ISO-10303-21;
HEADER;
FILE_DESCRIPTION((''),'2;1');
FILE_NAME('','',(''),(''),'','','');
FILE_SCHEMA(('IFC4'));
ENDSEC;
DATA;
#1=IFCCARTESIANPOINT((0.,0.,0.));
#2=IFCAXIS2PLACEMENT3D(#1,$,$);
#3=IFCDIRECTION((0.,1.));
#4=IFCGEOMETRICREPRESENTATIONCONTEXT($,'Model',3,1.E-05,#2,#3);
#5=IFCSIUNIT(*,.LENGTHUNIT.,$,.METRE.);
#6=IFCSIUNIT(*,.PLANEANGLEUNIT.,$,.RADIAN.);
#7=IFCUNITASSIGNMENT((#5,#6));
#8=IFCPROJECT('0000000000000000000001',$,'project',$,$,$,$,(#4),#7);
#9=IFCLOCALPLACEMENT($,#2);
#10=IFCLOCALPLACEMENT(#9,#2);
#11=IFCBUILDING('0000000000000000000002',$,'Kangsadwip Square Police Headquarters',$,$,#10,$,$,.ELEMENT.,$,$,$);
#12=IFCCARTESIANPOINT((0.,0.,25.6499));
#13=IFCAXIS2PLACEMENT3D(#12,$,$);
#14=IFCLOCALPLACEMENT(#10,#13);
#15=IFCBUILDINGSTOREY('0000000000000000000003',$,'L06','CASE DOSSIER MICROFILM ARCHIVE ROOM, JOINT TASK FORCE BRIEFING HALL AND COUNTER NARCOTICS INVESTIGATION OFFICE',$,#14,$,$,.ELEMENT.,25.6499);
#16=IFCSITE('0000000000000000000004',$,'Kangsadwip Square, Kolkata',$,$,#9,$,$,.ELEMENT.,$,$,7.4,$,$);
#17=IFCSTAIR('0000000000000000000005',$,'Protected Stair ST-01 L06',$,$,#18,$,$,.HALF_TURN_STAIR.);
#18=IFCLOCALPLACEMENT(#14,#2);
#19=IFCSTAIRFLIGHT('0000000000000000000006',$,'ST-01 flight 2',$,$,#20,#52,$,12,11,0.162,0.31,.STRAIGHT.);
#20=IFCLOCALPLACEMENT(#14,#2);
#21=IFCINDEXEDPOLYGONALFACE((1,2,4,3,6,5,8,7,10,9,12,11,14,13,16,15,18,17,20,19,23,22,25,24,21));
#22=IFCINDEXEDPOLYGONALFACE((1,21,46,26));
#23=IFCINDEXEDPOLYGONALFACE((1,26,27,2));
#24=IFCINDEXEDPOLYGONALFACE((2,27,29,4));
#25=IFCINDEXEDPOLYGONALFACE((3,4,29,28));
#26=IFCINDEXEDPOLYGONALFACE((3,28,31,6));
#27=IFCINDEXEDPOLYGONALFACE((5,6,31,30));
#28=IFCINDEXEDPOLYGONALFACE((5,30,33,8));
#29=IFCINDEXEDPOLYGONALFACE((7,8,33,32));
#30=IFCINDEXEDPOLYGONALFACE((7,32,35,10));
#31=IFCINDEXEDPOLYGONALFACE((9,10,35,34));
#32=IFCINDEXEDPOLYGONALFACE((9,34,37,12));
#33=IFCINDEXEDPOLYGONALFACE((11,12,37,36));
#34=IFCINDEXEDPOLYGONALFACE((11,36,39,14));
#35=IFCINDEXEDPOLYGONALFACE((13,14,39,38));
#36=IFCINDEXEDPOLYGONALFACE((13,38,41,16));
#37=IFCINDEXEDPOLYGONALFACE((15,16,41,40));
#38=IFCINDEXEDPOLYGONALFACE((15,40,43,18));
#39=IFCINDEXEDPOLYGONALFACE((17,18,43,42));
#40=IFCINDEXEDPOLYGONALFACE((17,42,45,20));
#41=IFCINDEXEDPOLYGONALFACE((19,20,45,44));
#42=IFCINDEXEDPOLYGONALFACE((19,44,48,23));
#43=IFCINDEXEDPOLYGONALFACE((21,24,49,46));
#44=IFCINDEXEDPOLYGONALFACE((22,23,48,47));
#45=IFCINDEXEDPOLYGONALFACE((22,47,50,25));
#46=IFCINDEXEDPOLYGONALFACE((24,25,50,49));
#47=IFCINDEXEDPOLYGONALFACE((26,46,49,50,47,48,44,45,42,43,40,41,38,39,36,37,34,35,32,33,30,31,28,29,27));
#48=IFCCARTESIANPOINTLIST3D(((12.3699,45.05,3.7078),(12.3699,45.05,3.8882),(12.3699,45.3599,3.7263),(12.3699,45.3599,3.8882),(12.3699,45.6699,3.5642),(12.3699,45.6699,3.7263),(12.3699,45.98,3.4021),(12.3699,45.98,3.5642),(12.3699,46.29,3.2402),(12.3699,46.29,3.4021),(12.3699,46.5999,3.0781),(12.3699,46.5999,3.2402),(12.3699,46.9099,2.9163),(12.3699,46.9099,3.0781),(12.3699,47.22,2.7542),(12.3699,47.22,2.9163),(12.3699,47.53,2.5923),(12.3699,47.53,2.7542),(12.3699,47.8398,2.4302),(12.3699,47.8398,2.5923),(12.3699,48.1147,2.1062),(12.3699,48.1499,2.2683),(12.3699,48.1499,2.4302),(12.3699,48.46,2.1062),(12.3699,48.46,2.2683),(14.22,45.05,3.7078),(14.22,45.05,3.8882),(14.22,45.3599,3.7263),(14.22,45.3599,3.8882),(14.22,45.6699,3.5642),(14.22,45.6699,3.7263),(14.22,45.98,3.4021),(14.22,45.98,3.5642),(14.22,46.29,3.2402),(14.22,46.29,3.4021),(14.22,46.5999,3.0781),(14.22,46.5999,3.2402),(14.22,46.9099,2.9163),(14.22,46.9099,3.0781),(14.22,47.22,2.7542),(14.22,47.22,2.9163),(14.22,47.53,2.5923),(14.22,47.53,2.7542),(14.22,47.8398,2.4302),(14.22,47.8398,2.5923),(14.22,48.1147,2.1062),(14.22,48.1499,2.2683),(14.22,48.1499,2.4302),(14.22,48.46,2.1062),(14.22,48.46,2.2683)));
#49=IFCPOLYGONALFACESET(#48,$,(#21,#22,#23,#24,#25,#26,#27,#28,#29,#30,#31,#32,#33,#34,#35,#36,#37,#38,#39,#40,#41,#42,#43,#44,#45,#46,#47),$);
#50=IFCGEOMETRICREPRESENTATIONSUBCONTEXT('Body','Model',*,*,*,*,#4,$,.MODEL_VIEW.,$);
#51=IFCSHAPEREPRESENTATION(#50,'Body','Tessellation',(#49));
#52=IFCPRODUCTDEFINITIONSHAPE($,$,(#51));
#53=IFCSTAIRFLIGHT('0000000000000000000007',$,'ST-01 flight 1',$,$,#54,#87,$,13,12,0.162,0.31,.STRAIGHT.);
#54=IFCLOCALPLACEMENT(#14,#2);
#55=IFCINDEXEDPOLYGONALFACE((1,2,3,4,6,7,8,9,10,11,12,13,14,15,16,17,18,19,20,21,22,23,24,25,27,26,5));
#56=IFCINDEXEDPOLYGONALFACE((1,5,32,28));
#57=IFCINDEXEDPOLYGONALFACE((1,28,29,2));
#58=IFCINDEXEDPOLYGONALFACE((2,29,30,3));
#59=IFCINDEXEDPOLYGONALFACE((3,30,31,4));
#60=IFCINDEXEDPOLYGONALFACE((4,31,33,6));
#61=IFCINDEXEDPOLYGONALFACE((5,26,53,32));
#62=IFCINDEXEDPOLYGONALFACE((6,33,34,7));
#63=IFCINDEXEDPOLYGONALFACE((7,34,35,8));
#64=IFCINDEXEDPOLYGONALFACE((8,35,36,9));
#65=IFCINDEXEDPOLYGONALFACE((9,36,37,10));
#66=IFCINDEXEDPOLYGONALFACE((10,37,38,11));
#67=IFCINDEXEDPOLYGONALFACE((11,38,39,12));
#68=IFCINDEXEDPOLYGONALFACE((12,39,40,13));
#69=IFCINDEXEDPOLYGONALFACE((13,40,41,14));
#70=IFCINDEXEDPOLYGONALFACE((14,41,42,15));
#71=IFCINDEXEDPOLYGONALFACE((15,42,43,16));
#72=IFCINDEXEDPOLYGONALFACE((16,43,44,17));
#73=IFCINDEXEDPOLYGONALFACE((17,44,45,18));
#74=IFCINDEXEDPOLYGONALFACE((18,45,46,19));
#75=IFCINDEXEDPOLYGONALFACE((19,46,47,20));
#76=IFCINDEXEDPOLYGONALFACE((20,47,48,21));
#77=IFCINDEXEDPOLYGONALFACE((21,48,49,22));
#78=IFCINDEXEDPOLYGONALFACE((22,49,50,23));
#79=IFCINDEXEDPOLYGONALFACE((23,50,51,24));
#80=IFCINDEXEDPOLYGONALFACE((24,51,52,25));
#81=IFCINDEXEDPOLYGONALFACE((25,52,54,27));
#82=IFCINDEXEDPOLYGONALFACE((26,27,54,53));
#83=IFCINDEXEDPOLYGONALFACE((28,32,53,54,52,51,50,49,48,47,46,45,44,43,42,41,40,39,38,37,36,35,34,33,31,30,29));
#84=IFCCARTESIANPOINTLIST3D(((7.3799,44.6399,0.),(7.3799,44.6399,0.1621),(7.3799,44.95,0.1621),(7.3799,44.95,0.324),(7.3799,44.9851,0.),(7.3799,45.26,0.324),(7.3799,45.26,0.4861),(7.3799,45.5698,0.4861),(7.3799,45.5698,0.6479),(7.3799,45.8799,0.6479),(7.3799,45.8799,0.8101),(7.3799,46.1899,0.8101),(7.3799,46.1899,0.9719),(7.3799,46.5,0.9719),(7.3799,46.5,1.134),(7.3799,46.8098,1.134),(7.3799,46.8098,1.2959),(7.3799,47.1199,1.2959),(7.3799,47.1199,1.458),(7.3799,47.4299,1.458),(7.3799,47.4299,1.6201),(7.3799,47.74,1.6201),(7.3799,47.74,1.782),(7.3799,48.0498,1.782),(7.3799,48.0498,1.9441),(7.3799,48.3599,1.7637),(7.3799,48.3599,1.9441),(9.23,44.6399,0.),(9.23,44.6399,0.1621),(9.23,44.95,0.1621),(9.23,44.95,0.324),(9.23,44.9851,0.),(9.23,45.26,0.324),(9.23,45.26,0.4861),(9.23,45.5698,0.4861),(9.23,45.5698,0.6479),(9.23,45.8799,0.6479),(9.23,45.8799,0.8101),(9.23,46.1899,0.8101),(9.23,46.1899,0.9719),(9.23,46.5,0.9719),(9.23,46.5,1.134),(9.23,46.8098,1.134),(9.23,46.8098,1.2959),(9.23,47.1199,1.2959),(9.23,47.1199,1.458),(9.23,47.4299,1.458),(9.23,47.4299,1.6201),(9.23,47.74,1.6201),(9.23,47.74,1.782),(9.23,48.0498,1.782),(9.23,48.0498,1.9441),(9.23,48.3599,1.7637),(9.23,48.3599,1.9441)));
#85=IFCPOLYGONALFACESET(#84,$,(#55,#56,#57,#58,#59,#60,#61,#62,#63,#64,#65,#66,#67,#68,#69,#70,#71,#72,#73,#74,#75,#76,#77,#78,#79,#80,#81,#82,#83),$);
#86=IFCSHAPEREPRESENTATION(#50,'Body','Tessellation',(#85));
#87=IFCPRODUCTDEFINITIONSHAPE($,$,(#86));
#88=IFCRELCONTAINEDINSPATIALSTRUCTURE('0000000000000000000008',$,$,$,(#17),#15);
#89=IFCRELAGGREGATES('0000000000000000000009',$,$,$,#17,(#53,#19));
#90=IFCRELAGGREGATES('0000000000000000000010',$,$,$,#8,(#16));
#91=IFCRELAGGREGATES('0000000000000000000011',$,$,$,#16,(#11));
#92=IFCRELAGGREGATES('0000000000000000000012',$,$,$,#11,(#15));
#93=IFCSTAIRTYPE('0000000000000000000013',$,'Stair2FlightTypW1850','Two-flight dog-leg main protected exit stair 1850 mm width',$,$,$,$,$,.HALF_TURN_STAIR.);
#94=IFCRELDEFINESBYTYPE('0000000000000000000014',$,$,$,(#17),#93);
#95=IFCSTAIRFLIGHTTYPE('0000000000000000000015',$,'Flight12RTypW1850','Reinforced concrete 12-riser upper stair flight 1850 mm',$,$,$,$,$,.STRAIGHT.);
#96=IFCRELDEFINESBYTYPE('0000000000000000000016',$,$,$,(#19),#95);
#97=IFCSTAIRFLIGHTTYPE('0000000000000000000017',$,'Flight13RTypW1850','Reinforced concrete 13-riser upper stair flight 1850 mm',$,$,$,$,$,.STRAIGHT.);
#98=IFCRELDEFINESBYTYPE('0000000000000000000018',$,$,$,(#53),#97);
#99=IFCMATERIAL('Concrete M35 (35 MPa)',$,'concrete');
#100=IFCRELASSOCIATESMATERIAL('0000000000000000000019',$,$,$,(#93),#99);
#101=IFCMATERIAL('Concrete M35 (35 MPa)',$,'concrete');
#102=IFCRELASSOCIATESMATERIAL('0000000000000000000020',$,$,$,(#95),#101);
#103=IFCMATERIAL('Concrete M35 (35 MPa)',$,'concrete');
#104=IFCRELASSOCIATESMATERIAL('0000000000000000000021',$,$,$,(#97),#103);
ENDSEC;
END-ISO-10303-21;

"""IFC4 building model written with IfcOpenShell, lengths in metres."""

from ifc_helpers import new_model, si_unit, direction, frame, origin, place, context, subcontext, project, spatial, polyline, outline, extrude, material, type_object, element, aggregate, save


model = new_model("IFC4")

# Units and contexts
model_context = context("Model", 3, precision=1e-05, world=origin(), true_north=direction((0.0, 1.0)))
body_context = subcontext(model_context, "Body", "Model", "MODEL_VIEW")
ifc_project = project(units=[si_unit("LENGTHUNIT", "METRE"), si_unit("PLANEANGLEUNIT", "RADIAN")], contexts=[model_context])

# Site, building, storey
site_placement = place(None, origin())
site = spatial("IfcSite", under=ifc_project, at=site_placement, Name="Kangsadwip Square, Kolkata", CompositionType="ELEMENT", RefElevation=7.4)
building_placement = place(site_placement, origin())
building = spatial("IfcBuilding", under=site, at=building_placement, Name="Kangsadwip Square Police Headquarters", CompositionType="ELEMENT")
storey_placement = place(building_placement, frame((0.0, 0.0, 25.6499)))
storey = spatial("IfcBuildingStorey", under=building, at=storey_placement, Name="L06", Description="CASE DOSSIER MICROFILM ARCHIVE ROOM, JOINT TASK FORCE BRIEFING HALL AND COUNTER NARCOTICS INVESTIGATION OFFICE", CompositionType="ELEMENT", Elevation=25.6499)

# Stair, stair flights
ifc_material_1 = material(Name="Concrete M35 (35 MPa)", Category="concrete")
stair_type = type_object("IfcStairType", Name="Stair2FlightTypW1850", Description="Two-flight dog-leg main protected exit stair 1850 mm width", PredefinedType="HALF_TURN_STAIR", material=ifc_material_1)
stair_placement = place(storey_placement, origin())
stair = element("IfcStair", 1, at=stair_placement, inside=storey, type_object=stair_type, Name="Protected Stair ST-01 L06", PredefinedType="HALF_TURN_STAIR")
ifc_material_2 = material(Name="Concrete M35 (35 MPa)", Category="concrete")
stair_flight_type_1 = type_object("IfcStairFlightType", Name="Flight12RTypW1850", Description="Reinforced concrete 12-riser upper stair flight 1850 mm", PredefinedType="STRAIGHT", material=ifc_material_2)
stair_flight_1_placement = place(storey_placement, frame((13.2949, 48.46, 2.1062), z_axis=(0.0, 0.0, 1.0), x_axis=(0.0, -1.0, 0.0)))
stair_flight_1 = element("IfcStairFlight", 2, at=stair_flight_1_placement, type_object=stair_flight_type_1, Name="ST-01 flight 2", NumberOfRisers=12, NumberOfTreads=11, PredefinedType="STRAIGHT", RiserHeight=0.162, TreadLength=0.31, context=body_context, shape_type="SweptSolid", body=[
    extrude(outline(polyline([(0.0, 0.0), (0.0, 0.1621), (0.3101, 0.1621), (0.3101, 0.324), (0.6201, 0.324), (0.6201, 0.4861), (0.9299, 0.4861), (0.9299, 0.6479), (1.24, 0.6479), (1.24, 0.8101), (1.55, 0.8101), (1.55, 0.9719), (1.8601, 0.9719), (1.8601, 1.134), (2.1699, 1.134), (2.1699, 1.2959), (2.48, 1.2959), (2.48, 1.458), (2.79, 1.458), (2.79, 1.6201), (3.1001, 1.6201), (3.1001, 1.782), (3.4099, 1.782), (3.4099, 1.9441), (3.4099, 1.6016), (0.3452, 0.0), (0.0, 0.0)])), frame((0.0, 0.925, 0.0), z_axis=(0.0, -1.0, 0.0), x_axis=(1.0, 0.0, 0.0)), (0.0, 0.0, 1.0), 1.8501),
])
ifc_material_3 = material(Name="Concrete M35 (35 MPa)", Category="concrete")
stair_flight_type_2 = type_object("IfcStairFlightType", Name="Flight13RTypW1850", Description="Reinforced concrete 13-riser upper stair flight 1850 mm", PredefinedType="STRAIGHT", material=ifc_material_3)
stair_flight_2_placement = place(storey_placement, frame((8.3049, 44.6399, 0.0), z_axis=(0.0, 0.0, 1.0), x_axis=(0.0, 1.0, 0.0)))
stair_flight_2 = element("IfcStairFlight", 3, at=stair_flight_2_placement, type_object=stair_flight_type_2, Name="ST-01 flight 1", NumberOfRisers=13, NumberOfTreads=12, PredefinedType="STRAIGHT", RiserHeight=0.162, TreadLength=0.31, context=body_context, shape_type="SweptSolid", body=[
    extrude(outline(polyline([(0.0, 0.0), (0.0, 0.1621), (0.3101, 0.1621), (0.3101, 0.324), (0.6201, 0.324), (0.6201, 0.4861), (0.9299, 0.4861), (0.9299, 0.6479), (1.24, 0.6479), (1.24, 0.8101), (1.55, 0.8101), (1.55, 0.9719), (1.8601, 0.9719), (1.8601, 1.134), (2.1699, 1.134), (2.1699, 1.2959), (2.48, 1.2959), (2.48, 1.458), (2.79, 1.458), (2.79, 1.6201), (3.1001, 1.6201), (3.1001, 1.782), (3.4099, 1.782), (3.4099, 1.9441), (3.72, 1.9441), (3.72, 2.106), (3.72, 1.7637), (0.3452, 0.0), (0.0, 0.0)])), frame((0.0, 0.925, 0.0), z_axis=(0.0, -1.0, 0.0), x_axis=(1.0, 0.0, 0.0)), (0.0, 0.0, 1.0), 1.8501),
])
aggregate(stair, [stair_flight_2, stair_flight_1])

save(model, "model.ifc")
